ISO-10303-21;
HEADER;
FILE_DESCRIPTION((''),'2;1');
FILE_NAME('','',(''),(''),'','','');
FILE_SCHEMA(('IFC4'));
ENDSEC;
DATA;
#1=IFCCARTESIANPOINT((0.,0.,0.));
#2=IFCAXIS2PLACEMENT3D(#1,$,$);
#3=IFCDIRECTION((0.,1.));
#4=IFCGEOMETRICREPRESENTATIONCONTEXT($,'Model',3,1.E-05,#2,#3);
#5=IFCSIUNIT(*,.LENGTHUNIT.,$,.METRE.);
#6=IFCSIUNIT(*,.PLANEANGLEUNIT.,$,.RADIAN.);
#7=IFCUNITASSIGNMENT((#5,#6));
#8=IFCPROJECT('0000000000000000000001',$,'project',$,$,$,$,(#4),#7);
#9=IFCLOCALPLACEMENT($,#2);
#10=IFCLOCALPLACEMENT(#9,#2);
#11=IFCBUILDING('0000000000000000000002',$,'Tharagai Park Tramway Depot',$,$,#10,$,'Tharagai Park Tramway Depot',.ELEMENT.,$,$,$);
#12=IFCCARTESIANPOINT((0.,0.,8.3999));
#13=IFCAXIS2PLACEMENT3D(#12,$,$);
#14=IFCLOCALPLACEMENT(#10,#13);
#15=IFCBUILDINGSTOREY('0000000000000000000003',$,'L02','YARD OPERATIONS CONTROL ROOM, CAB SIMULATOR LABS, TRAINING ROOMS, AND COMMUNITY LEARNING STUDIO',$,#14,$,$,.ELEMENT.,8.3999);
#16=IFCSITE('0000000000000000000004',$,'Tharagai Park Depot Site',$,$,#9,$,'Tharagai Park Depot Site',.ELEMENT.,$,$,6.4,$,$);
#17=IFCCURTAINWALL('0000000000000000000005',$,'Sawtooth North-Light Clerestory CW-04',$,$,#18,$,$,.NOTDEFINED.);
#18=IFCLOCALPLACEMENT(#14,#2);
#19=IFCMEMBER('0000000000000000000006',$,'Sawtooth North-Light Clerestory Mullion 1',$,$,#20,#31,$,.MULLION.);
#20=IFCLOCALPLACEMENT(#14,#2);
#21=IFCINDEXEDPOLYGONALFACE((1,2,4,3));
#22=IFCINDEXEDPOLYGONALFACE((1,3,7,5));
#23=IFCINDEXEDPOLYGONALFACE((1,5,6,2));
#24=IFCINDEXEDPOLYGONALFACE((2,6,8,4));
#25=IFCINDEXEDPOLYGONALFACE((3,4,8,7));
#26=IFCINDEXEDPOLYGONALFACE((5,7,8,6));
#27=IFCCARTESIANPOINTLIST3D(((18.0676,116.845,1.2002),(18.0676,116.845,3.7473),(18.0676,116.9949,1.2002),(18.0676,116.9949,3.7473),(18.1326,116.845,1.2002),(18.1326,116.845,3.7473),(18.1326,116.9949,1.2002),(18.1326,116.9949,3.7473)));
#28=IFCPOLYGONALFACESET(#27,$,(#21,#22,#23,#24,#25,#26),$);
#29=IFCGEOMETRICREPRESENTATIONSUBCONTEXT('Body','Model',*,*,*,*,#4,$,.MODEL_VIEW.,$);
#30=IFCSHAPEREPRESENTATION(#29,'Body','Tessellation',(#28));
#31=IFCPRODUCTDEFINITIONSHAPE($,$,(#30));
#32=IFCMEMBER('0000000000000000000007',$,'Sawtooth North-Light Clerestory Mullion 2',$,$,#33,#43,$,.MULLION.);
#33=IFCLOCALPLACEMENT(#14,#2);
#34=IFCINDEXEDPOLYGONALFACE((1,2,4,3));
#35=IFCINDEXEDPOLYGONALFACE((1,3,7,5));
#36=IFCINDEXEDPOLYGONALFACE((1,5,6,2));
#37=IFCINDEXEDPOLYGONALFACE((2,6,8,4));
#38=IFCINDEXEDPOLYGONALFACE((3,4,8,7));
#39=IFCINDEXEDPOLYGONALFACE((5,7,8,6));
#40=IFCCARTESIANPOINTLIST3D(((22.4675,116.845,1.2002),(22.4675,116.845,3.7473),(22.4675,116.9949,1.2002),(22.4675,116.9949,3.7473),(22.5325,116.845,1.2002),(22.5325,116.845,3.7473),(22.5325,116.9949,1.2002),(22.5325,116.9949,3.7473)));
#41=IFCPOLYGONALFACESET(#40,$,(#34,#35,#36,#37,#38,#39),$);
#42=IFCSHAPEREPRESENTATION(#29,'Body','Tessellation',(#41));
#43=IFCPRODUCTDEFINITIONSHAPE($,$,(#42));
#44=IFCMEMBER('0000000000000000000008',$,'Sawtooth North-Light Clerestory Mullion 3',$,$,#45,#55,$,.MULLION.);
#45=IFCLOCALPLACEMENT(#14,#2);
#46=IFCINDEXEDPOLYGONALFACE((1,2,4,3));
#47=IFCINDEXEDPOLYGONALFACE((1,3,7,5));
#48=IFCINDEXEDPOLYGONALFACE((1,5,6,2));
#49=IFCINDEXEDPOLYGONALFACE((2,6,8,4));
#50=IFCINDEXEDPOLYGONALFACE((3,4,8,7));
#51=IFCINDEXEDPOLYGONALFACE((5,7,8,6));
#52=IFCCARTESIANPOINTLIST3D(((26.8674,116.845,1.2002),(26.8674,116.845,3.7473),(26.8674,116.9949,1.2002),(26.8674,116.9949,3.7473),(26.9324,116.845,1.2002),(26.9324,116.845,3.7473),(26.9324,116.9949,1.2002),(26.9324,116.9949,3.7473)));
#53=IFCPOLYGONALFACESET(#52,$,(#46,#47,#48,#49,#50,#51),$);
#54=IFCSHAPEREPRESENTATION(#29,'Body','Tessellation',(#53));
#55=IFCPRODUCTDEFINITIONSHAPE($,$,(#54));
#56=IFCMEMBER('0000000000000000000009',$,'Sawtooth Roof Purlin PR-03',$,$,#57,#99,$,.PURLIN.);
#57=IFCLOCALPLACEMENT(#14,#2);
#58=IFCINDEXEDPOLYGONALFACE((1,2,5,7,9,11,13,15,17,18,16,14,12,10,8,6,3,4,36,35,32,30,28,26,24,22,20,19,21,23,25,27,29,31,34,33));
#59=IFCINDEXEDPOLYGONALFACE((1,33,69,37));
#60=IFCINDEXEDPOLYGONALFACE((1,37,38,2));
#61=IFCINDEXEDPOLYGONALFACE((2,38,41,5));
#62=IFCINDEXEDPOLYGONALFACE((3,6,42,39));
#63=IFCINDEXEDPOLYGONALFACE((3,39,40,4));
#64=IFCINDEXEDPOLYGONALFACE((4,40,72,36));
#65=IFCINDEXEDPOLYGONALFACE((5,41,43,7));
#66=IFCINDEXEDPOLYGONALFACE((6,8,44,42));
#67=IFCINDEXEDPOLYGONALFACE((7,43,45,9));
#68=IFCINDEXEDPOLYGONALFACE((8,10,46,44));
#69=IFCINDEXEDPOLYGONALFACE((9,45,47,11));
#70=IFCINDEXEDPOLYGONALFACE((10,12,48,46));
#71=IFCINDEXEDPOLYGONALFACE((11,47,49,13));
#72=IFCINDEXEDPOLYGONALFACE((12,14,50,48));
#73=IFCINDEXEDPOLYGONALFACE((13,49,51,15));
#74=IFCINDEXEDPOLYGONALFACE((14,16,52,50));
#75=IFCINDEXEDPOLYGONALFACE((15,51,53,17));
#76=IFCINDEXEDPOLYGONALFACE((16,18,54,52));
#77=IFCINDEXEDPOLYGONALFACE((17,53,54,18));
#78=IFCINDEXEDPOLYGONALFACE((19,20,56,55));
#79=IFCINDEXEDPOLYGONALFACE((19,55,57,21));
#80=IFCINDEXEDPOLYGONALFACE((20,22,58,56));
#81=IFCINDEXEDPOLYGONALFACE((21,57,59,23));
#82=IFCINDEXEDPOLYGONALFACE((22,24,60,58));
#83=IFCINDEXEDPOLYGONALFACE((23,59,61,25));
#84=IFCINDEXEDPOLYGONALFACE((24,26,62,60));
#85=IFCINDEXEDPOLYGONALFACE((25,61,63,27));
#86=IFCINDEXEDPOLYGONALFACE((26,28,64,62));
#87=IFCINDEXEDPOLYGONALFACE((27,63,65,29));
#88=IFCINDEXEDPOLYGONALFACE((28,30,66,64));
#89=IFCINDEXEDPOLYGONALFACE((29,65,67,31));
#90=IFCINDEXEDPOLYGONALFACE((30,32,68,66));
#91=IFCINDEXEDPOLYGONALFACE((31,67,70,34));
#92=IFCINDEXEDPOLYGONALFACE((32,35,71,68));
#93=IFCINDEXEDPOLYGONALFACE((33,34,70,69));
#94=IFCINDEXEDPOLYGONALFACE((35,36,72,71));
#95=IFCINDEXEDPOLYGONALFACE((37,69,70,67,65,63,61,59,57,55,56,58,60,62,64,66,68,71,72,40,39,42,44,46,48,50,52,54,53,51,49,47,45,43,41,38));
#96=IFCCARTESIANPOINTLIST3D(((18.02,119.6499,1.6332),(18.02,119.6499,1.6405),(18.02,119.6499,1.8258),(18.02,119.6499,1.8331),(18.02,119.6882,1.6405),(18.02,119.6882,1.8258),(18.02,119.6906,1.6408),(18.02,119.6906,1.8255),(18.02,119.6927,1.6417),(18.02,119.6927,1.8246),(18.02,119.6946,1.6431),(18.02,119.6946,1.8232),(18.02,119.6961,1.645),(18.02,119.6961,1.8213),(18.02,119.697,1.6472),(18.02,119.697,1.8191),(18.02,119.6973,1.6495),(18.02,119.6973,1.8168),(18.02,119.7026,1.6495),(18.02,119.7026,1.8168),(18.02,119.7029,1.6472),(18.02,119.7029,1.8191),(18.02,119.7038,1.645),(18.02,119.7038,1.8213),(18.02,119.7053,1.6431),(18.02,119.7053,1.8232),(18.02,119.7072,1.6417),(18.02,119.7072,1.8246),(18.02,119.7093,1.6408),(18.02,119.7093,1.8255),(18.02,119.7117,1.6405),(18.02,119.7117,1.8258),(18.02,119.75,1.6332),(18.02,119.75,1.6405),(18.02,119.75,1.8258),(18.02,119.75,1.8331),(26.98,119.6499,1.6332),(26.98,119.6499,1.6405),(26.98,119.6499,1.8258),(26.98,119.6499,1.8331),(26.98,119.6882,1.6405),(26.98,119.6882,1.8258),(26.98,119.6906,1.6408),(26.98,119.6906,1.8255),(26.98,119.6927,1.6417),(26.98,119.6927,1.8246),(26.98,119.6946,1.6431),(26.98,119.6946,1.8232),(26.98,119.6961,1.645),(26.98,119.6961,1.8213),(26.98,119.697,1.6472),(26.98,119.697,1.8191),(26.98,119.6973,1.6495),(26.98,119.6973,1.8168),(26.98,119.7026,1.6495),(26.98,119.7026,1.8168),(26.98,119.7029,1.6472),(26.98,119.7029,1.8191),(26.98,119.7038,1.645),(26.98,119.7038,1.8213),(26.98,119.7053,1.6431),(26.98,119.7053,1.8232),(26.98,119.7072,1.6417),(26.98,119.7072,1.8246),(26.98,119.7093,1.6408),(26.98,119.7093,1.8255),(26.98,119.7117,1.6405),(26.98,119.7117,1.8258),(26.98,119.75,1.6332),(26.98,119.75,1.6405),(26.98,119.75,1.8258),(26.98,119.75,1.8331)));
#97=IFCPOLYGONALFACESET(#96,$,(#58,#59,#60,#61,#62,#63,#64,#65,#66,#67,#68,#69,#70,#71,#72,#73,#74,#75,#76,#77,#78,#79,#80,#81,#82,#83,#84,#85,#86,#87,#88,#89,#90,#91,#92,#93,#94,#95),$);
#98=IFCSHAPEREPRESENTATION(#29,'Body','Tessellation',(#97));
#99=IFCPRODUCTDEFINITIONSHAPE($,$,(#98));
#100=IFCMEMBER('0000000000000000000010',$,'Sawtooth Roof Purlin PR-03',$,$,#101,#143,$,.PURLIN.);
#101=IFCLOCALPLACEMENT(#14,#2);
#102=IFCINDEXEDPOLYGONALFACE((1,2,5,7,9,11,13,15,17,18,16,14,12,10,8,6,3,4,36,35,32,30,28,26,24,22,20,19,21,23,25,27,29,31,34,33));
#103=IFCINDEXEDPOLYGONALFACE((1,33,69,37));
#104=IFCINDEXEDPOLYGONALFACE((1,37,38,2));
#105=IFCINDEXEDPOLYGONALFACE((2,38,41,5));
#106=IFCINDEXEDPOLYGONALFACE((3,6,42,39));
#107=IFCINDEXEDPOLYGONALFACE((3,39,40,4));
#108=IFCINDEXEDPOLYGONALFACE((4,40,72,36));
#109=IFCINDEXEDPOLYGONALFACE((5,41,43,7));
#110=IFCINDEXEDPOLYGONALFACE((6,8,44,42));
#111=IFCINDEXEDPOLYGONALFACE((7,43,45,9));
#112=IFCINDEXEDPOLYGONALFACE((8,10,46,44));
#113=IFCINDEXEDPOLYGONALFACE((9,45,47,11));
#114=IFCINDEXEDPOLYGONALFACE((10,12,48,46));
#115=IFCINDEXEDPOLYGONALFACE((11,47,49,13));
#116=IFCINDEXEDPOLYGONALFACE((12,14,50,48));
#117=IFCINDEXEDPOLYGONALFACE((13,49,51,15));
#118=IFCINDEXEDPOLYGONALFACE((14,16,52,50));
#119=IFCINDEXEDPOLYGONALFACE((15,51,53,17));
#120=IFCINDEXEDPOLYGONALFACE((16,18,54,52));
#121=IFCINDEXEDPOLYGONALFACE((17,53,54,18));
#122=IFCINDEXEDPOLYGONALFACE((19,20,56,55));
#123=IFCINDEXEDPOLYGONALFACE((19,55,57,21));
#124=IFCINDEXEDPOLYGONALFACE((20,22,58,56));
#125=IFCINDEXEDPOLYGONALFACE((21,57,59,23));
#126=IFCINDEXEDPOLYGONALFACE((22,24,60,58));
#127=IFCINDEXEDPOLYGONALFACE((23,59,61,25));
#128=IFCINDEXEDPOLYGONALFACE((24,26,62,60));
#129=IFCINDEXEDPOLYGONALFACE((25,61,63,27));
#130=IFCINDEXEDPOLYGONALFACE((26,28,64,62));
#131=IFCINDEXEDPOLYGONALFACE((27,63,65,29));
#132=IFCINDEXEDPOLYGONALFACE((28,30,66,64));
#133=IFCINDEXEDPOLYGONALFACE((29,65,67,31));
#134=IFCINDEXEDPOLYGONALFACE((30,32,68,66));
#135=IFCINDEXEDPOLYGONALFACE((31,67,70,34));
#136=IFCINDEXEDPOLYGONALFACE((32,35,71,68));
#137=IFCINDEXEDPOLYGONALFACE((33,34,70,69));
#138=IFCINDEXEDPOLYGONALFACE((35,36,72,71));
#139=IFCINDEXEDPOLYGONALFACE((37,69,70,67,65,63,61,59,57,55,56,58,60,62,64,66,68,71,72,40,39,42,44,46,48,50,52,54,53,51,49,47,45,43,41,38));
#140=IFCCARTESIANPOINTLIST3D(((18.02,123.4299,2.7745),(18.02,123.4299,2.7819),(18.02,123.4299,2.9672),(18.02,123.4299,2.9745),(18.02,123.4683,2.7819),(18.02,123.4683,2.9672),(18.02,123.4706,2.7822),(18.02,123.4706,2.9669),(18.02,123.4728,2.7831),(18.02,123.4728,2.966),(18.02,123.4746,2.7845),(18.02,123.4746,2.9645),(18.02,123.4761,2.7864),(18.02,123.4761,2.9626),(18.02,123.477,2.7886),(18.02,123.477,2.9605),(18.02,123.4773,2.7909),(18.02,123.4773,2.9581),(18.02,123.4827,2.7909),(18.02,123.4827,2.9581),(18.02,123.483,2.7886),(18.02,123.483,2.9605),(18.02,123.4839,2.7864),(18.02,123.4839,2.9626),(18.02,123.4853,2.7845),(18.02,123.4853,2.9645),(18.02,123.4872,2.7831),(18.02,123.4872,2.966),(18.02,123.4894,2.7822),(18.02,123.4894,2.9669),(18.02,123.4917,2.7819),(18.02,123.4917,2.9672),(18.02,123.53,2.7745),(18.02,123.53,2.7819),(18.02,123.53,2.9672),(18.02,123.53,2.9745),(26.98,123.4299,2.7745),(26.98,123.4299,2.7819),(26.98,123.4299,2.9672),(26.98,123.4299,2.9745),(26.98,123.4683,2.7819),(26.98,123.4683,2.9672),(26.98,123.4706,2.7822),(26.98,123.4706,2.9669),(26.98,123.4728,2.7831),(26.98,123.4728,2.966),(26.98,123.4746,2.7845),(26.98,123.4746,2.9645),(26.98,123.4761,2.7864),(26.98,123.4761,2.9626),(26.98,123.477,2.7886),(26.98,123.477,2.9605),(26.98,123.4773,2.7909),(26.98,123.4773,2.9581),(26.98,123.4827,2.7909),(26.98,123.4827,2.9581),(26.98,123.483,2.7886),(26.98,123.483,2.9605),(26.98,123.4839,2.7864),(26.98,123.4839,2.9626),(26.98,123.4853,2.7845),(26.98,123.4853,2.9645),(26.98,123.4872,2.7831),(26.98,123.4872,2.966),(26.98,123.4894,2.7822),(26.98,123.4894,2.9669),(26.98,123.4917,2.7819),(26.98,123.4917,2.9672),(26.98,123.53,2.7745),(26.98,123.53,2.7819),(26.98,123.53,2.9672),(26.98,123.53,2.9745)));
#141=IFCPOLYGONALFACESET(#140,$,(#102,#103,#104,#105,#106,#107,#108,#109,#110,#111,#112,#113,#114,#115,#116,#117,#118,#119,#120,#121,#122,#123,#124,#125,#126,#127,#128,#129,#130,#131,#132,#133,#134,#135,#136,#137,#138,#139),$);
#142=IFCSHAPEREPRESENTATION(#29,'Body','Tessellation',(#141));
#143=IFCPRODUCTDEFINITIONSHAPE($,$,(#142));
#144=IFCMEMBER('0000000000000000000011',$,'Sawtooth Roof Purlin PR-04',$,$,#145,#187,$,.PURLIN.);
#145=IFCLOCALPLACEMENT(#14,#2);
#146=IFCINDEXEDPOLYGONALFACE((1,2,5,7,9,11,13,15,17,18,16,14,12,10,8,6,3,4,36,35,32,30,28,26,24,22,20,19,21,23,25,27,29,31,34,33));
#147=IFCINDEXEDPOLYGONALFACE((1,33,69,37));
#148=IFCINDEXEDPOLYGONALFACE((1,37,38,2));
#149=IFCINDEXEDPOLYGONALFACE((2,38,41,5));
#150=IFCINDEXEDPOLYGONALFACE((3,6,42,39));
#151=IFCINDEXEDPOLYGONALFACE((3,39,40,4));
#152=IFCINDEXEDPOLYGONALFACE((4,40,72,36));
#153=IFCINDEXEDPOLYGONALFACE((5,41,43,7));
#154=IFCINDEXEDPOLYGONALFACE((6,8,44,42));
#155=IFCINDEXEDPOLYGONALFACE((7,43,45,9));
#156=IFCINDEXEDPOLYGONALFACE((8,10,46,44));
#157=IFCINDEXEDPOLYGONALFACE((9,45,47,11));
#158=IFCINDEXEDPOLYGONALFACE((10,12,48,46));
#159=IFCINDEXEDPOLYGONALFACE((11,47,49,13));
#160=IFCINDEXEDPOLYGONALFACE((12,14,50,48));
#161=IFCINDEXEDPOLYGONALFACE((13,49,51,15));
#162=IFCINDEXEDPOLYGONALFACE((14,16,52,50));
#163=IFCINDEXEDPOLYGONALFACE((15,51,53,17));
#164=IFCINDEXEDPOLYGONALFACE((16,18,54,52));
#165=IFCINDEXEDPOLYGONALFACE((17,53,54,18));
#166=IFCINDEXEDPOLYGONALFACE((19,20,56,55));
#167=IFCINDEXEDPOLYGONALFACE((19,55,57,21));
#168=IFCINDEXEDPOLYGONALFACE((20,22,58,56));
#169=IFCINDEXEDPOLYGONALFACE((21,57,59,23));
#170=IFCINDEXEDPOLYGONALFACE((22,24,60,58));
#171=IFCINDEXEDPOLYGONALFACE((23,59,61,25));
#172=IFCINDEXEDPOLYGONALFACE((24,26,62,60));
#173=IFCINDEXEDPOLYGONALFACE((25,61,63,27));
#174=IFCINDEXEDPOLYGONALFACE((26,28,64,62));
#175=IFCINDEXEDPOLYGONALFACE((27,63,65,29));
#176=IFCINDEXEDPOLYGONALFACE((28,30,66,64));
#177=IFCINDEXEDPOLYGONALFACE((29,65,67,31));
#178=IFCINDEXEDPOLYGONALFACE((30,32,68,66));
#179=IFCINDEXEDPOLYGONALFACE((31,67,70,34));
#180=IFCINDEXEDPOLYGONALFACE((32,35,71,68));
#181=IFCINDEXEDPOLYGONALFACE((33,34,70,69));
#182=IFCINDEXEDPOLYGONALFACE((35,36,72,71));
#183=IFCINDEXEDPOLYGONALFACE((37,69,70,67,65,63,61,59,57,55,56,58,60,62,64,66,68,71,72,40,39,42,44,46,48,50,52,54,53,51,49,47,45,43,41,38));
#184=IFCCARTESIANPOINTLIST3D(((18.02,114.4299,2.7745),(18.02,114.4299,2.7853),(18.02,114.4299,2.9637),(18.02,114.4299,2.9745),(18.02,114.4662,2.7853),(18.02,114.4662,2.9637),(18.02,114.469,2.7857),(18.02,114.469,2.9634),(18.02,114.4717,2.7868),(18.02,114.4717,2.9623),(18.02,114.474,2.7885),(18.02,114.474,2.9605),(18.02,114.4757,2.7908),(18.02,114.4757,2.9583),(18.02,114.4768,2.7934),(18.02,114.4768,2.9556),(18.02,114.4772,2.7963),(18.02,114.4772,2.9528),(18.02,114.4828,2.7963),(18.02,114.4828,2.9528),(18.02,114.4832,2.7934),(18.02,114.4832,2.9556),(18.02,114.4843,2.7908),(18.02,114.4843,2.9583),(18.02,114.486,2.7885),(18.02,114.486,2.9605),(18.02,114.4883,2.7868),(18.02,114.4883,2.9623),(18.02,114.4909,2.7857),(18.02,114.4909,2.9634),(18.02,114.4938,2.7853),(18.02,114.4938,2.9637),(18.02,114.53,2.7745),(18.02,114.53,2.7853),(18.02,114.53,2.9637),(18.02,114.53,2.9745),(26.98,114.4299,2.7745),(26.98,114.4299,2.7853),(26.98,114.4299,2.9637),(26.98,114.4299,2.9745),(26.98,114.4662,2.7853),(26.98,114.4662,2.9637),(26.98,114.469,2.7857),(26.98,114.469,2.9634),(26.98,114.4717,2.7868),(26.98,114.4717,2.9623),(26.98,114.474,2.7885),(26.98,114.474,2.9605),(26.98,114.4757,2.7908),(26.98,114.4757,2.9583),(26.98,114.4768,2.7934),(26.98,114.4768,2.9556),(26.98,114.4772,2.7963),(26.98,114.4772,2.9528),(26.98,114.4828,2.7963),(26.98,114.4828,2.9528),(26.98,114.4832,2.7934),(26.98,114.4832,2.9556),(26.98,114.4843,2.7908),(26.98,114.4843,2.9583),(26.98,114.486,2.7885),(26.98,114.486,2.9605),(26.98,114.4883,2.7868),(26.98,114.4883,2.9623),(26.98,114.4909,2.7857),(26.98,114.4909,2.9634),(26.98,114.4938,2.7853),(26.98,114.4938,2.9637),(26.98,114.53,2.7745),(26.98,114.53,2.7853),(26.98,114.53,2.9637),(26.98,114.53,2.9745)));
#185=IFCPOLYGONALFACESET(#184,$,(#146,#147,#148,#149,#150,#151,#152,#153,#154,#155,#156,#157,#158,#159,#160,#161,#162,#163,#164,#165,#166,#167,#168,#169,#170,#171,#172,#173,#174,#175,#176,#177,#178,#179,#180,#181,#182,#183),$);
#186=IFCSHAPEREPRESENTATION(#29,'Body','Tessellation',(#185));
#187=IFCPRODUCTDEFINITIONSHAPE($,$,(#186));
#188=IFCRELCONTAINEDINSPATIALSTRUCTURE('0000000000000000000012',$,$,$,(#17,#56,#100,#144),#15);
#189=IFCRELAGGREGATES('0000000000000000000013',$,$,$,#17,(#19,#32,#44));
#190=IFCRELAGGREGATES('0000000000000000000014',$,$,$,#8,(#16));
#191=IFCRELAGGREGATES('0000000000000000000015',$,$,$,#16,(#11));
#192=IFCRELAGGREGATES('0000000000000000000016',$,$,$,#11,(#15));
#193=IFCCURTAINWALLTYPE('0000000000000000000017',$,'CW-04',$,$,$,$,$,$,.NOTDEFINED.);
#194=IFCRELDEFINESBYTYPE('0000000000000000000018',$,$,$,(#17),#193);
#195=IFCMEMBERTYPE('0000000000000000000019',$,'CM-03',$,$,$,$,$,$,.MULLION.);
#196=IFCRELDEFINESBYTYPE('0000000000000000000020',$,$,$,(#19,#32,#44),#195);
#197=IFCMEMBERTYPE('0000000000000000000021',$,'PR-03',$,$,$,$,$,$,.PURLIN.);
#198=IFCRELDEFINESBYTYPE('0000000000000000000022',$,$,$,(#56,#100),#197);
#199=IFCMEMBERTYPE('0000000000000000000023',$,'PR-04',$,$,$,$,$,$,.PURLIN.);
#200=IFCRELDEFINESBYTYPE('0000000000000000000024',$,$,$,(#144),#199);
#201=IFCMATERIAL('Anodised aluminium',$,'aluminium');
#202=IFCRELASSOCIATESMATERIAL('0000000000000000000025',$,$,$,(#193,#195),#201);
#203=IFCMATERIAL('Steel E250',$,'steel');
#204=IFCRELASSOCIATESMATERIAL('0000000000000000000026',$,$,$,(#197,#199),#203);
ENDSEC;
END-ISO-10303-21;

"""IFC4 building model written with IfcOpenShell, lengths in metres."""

from ifc_helpers import new_model, si_unit, direction, frame, origin, origin_2d, place, context, subcontext, project, spatial, rectangle, i_section, extrude, material, material_profile, profile_set, type_object, element, aggregate, save


model = new_model("IFC4")

# Units and contexts
model_context = context("Model", 3, precision=1e-05, world=origin(), true_north=direction((0.0, 1.0)))
body_context = subcontext(model_context, "Body", "Model", "MODEL_VIEW")
ifc_project = project(units=[si_unit("LENGTHUNIT", "METRE"), si_unit("PLANEANGLEUNIT", "RADIAN")], contexts=[model_context])

# Site, building, storey
site_placement = place(None, origin())
site = spatial("IfcSite", under=ifc_project, at=site_placement, Name="Tharagai Park Depot Site", LongName="Tharagai Park Depot Site", CompositionType="ELEMENT", RefElevation=6.4)
building_placement = place(site_placement, origin())
building = spatial("IfcBuilding", under=site, at=building_placement, Name="Tharagai Park Tramway Depot", LongName="Tharagai Park Tramway Depot", CompositionType="ELEMENT")
storey_placement = place(building_placement, frame((0.0, 0.0, 8.3999)))
storey = spatial("IfcBuildingStorey", under=building, at=storey_placement, Name="L02", Description="YARD OPERATIONS CONTROL ROOM, CAB SIMULATOR LABS, TRAINING ROOMS, AND COMMUNITY LEARNING STUDIO", CompositionType="ELEMENT", Elevation=8.3999)

# Curtain wall
ifc_material_1 = material(Name="Anodised aluminium", Category="aluminium")
curtain_wall_type = type_object("IfcCurtainWallType", Name="CW-04", PredefinedType="NOTDEFINED", material=ifc_material_1)
curtain_wall_1_placement = place(storey_placement, origin())
curtain_wall_1 = element("IfcCurtainWall", 1, at=curtain_wall_1_placement, inside=storey, type_object=curtain_wall_type, Name="Sawtooth North-Light Clerestory CW-04", PredefinedType="NOTDEFINED")

# Shared definitions
ifc_material_profile_1 = material_profile(ifc_material_1, rectangle(XDim=0.0649, YDim=0.1499, at=origin_2d()), Name="ALU 65x150")
ifc_profile_set_1 = profile_set([ifc_material_profile_1], Name="Anodised aluminium")
member_type_1 = type_object("IfcMemberType", Name="CM-03", PredefinedType="MULLION", material=ifc_profile_set_1)

# Members
member_1_placement = place(storey_placement, frame((18.1001, 116.9199, 1.2002), z_axis=(0.0, 0.0, 1.0), x_axis=(1.0, 0.0, 0.0)))
member_1 = element("IfcMember", 2, at=member_1_placement, type_object=member_type_1, Name="Sawtooth North-Light Clerestory Mullion 1", PredefinedType="MULLION", context=body_context, shape_type="SweptSolid", body=[
    extrude(rectangle(XDim=0.0649, YDim=0.1499, at=origin_2d()), origin(), (0.0, 0.0, 1.0), 2.5471),
])
member_2_placement = place(storey_placement, frame((22.5, 116.9199, 1.2002), z_axis=(0.0, 0.0, 1.0), x_axis=(1.0, 0.0, 0.0)))
member_2 = element("IfcMember", 3, at=member_2_placement, type_object=member_type_1, Name="Sawtooth North-Light Clerestory Mullion 2", PredefinedType="MULLION", context=body_context, shape_type="SweptSolid", body=[
    extrude(rectangle(XDim=0.0649, YDim=0.1499, at=origin_2d()), origin(), (0.0, 0.0, 1.0), 2.5471),
])
member_3_placement = place(storey_placement, frame((26.8999, 116.9199, 1.2002), z_axis=(0.0, 0.0, 1.0), x_axis=(1.0, 0.0, 0.0)))
member_3 = element("IfcMember", 4, at=member_3_placement, type_object=member_type_1, Name="Sawtooth North-Light Clerestory Mullion 3", PredefinedType="MULLION", context=body_context, shape_type="SweptSolid", body=[
    extrude(rectangle(XDim=0.0649, YDim=0.1499, at=origin_2d()), origin(), (0.0, 0.0, 1.0), 2.5471),
])

# Members
ifc_material_2 = material(Name="Steel E250", Category="steel")
ifc_material_profile_2 = material_profile(ifc_material_2, i_section(OverallWidth=0.1001, OverallDepth=0.2, WebThickness=0.0054, FlangeThickness=0.0073, FilletRadius=0.009, at=origin_2d()), Name="ISLB 200")
ifc_profile_set_2 = profile_set([ifc_material_profile_2], Name="Steel E250")
member_type_2 = type_object("IfcMemberType", Name="PR-03", PredefinedType="PURLIN", material=ifc_profile_set_2)
for number, where, z_axis, x_axis, name in (
    (5, (18.02, 119.7, 1.7332), (1.0, 0.0, 0.0), (0.0, 1.0, 0.0), "Sawtooth Roof Purlin PR-03"),
    (6, (18.02, 123.48, 2.8745), (1.0, 0.0, 0.0), (0.0, 1.0, 0.0), "Sawtooth Roof Purlin PR-03"),
):
    element("IfcMember", number, at=place(storey_placement, frame(where, z_axis=z_axis, x_axis=x_axis)), inside=storey, type_object=member_type_2, Name=name, PredefinedType="PURLIN", context=body_context, shape_type="SweptSolid", body=[
        extrude(i_section(OverallWidth=0.1001, OverallDepth=0.2, WebThickness=0.0054, FlangeThickness=0.0073, FilletRadius=0.009, at=origin_2d()), origin(), (0.0, 0.0, 1.0), 8.96),
    ])
ifc_material_profile_3 = material_profile(ifc_material_2, i_section(OverallWidth=0.1001, OverallDepth=0.2, WebThickness=0.0056, FlangeThickness=0.0107, FilletRadius=0.011, at=origin_2d()), Name="ISMB 200")
ifc_profile_set_3 = profile_set([ifc_material_profile_3], Name="Steel E250")
member_type_3 = type_object("IfcMemberType", Name="PR-04", PredefinedType="PURLIN", material=ifc_profile_set_3)
member_4_placement = place(storey_placement, frame((18.02, 114.48, 2.8745), z_axis=(1.0, 0.0, 0.0), x_axis=(0.0, 1.0, 0.0)))
element("IfcMember", 7, at=member_4_placement, inside=storey, type_object=member_type_3, Name="Sawtooth Roof Purlin PR-04", PredefinedType="PURLIN", context=body_context, shape_type="SweptSolid", body=[
    extrude(i_section(OverallWidth=0.1001, OverallDepth=0.2, WebThickness=0.0056, FlangeThickness=0.0107, FilletRadius=0.011, at=origin_2d()), origin(), (0.0, 0.0, 1.0), 8.96),
])

aggregate(curtain_wall_1, [member_1, member_2, member_3])

save(model, "model.ifc")
